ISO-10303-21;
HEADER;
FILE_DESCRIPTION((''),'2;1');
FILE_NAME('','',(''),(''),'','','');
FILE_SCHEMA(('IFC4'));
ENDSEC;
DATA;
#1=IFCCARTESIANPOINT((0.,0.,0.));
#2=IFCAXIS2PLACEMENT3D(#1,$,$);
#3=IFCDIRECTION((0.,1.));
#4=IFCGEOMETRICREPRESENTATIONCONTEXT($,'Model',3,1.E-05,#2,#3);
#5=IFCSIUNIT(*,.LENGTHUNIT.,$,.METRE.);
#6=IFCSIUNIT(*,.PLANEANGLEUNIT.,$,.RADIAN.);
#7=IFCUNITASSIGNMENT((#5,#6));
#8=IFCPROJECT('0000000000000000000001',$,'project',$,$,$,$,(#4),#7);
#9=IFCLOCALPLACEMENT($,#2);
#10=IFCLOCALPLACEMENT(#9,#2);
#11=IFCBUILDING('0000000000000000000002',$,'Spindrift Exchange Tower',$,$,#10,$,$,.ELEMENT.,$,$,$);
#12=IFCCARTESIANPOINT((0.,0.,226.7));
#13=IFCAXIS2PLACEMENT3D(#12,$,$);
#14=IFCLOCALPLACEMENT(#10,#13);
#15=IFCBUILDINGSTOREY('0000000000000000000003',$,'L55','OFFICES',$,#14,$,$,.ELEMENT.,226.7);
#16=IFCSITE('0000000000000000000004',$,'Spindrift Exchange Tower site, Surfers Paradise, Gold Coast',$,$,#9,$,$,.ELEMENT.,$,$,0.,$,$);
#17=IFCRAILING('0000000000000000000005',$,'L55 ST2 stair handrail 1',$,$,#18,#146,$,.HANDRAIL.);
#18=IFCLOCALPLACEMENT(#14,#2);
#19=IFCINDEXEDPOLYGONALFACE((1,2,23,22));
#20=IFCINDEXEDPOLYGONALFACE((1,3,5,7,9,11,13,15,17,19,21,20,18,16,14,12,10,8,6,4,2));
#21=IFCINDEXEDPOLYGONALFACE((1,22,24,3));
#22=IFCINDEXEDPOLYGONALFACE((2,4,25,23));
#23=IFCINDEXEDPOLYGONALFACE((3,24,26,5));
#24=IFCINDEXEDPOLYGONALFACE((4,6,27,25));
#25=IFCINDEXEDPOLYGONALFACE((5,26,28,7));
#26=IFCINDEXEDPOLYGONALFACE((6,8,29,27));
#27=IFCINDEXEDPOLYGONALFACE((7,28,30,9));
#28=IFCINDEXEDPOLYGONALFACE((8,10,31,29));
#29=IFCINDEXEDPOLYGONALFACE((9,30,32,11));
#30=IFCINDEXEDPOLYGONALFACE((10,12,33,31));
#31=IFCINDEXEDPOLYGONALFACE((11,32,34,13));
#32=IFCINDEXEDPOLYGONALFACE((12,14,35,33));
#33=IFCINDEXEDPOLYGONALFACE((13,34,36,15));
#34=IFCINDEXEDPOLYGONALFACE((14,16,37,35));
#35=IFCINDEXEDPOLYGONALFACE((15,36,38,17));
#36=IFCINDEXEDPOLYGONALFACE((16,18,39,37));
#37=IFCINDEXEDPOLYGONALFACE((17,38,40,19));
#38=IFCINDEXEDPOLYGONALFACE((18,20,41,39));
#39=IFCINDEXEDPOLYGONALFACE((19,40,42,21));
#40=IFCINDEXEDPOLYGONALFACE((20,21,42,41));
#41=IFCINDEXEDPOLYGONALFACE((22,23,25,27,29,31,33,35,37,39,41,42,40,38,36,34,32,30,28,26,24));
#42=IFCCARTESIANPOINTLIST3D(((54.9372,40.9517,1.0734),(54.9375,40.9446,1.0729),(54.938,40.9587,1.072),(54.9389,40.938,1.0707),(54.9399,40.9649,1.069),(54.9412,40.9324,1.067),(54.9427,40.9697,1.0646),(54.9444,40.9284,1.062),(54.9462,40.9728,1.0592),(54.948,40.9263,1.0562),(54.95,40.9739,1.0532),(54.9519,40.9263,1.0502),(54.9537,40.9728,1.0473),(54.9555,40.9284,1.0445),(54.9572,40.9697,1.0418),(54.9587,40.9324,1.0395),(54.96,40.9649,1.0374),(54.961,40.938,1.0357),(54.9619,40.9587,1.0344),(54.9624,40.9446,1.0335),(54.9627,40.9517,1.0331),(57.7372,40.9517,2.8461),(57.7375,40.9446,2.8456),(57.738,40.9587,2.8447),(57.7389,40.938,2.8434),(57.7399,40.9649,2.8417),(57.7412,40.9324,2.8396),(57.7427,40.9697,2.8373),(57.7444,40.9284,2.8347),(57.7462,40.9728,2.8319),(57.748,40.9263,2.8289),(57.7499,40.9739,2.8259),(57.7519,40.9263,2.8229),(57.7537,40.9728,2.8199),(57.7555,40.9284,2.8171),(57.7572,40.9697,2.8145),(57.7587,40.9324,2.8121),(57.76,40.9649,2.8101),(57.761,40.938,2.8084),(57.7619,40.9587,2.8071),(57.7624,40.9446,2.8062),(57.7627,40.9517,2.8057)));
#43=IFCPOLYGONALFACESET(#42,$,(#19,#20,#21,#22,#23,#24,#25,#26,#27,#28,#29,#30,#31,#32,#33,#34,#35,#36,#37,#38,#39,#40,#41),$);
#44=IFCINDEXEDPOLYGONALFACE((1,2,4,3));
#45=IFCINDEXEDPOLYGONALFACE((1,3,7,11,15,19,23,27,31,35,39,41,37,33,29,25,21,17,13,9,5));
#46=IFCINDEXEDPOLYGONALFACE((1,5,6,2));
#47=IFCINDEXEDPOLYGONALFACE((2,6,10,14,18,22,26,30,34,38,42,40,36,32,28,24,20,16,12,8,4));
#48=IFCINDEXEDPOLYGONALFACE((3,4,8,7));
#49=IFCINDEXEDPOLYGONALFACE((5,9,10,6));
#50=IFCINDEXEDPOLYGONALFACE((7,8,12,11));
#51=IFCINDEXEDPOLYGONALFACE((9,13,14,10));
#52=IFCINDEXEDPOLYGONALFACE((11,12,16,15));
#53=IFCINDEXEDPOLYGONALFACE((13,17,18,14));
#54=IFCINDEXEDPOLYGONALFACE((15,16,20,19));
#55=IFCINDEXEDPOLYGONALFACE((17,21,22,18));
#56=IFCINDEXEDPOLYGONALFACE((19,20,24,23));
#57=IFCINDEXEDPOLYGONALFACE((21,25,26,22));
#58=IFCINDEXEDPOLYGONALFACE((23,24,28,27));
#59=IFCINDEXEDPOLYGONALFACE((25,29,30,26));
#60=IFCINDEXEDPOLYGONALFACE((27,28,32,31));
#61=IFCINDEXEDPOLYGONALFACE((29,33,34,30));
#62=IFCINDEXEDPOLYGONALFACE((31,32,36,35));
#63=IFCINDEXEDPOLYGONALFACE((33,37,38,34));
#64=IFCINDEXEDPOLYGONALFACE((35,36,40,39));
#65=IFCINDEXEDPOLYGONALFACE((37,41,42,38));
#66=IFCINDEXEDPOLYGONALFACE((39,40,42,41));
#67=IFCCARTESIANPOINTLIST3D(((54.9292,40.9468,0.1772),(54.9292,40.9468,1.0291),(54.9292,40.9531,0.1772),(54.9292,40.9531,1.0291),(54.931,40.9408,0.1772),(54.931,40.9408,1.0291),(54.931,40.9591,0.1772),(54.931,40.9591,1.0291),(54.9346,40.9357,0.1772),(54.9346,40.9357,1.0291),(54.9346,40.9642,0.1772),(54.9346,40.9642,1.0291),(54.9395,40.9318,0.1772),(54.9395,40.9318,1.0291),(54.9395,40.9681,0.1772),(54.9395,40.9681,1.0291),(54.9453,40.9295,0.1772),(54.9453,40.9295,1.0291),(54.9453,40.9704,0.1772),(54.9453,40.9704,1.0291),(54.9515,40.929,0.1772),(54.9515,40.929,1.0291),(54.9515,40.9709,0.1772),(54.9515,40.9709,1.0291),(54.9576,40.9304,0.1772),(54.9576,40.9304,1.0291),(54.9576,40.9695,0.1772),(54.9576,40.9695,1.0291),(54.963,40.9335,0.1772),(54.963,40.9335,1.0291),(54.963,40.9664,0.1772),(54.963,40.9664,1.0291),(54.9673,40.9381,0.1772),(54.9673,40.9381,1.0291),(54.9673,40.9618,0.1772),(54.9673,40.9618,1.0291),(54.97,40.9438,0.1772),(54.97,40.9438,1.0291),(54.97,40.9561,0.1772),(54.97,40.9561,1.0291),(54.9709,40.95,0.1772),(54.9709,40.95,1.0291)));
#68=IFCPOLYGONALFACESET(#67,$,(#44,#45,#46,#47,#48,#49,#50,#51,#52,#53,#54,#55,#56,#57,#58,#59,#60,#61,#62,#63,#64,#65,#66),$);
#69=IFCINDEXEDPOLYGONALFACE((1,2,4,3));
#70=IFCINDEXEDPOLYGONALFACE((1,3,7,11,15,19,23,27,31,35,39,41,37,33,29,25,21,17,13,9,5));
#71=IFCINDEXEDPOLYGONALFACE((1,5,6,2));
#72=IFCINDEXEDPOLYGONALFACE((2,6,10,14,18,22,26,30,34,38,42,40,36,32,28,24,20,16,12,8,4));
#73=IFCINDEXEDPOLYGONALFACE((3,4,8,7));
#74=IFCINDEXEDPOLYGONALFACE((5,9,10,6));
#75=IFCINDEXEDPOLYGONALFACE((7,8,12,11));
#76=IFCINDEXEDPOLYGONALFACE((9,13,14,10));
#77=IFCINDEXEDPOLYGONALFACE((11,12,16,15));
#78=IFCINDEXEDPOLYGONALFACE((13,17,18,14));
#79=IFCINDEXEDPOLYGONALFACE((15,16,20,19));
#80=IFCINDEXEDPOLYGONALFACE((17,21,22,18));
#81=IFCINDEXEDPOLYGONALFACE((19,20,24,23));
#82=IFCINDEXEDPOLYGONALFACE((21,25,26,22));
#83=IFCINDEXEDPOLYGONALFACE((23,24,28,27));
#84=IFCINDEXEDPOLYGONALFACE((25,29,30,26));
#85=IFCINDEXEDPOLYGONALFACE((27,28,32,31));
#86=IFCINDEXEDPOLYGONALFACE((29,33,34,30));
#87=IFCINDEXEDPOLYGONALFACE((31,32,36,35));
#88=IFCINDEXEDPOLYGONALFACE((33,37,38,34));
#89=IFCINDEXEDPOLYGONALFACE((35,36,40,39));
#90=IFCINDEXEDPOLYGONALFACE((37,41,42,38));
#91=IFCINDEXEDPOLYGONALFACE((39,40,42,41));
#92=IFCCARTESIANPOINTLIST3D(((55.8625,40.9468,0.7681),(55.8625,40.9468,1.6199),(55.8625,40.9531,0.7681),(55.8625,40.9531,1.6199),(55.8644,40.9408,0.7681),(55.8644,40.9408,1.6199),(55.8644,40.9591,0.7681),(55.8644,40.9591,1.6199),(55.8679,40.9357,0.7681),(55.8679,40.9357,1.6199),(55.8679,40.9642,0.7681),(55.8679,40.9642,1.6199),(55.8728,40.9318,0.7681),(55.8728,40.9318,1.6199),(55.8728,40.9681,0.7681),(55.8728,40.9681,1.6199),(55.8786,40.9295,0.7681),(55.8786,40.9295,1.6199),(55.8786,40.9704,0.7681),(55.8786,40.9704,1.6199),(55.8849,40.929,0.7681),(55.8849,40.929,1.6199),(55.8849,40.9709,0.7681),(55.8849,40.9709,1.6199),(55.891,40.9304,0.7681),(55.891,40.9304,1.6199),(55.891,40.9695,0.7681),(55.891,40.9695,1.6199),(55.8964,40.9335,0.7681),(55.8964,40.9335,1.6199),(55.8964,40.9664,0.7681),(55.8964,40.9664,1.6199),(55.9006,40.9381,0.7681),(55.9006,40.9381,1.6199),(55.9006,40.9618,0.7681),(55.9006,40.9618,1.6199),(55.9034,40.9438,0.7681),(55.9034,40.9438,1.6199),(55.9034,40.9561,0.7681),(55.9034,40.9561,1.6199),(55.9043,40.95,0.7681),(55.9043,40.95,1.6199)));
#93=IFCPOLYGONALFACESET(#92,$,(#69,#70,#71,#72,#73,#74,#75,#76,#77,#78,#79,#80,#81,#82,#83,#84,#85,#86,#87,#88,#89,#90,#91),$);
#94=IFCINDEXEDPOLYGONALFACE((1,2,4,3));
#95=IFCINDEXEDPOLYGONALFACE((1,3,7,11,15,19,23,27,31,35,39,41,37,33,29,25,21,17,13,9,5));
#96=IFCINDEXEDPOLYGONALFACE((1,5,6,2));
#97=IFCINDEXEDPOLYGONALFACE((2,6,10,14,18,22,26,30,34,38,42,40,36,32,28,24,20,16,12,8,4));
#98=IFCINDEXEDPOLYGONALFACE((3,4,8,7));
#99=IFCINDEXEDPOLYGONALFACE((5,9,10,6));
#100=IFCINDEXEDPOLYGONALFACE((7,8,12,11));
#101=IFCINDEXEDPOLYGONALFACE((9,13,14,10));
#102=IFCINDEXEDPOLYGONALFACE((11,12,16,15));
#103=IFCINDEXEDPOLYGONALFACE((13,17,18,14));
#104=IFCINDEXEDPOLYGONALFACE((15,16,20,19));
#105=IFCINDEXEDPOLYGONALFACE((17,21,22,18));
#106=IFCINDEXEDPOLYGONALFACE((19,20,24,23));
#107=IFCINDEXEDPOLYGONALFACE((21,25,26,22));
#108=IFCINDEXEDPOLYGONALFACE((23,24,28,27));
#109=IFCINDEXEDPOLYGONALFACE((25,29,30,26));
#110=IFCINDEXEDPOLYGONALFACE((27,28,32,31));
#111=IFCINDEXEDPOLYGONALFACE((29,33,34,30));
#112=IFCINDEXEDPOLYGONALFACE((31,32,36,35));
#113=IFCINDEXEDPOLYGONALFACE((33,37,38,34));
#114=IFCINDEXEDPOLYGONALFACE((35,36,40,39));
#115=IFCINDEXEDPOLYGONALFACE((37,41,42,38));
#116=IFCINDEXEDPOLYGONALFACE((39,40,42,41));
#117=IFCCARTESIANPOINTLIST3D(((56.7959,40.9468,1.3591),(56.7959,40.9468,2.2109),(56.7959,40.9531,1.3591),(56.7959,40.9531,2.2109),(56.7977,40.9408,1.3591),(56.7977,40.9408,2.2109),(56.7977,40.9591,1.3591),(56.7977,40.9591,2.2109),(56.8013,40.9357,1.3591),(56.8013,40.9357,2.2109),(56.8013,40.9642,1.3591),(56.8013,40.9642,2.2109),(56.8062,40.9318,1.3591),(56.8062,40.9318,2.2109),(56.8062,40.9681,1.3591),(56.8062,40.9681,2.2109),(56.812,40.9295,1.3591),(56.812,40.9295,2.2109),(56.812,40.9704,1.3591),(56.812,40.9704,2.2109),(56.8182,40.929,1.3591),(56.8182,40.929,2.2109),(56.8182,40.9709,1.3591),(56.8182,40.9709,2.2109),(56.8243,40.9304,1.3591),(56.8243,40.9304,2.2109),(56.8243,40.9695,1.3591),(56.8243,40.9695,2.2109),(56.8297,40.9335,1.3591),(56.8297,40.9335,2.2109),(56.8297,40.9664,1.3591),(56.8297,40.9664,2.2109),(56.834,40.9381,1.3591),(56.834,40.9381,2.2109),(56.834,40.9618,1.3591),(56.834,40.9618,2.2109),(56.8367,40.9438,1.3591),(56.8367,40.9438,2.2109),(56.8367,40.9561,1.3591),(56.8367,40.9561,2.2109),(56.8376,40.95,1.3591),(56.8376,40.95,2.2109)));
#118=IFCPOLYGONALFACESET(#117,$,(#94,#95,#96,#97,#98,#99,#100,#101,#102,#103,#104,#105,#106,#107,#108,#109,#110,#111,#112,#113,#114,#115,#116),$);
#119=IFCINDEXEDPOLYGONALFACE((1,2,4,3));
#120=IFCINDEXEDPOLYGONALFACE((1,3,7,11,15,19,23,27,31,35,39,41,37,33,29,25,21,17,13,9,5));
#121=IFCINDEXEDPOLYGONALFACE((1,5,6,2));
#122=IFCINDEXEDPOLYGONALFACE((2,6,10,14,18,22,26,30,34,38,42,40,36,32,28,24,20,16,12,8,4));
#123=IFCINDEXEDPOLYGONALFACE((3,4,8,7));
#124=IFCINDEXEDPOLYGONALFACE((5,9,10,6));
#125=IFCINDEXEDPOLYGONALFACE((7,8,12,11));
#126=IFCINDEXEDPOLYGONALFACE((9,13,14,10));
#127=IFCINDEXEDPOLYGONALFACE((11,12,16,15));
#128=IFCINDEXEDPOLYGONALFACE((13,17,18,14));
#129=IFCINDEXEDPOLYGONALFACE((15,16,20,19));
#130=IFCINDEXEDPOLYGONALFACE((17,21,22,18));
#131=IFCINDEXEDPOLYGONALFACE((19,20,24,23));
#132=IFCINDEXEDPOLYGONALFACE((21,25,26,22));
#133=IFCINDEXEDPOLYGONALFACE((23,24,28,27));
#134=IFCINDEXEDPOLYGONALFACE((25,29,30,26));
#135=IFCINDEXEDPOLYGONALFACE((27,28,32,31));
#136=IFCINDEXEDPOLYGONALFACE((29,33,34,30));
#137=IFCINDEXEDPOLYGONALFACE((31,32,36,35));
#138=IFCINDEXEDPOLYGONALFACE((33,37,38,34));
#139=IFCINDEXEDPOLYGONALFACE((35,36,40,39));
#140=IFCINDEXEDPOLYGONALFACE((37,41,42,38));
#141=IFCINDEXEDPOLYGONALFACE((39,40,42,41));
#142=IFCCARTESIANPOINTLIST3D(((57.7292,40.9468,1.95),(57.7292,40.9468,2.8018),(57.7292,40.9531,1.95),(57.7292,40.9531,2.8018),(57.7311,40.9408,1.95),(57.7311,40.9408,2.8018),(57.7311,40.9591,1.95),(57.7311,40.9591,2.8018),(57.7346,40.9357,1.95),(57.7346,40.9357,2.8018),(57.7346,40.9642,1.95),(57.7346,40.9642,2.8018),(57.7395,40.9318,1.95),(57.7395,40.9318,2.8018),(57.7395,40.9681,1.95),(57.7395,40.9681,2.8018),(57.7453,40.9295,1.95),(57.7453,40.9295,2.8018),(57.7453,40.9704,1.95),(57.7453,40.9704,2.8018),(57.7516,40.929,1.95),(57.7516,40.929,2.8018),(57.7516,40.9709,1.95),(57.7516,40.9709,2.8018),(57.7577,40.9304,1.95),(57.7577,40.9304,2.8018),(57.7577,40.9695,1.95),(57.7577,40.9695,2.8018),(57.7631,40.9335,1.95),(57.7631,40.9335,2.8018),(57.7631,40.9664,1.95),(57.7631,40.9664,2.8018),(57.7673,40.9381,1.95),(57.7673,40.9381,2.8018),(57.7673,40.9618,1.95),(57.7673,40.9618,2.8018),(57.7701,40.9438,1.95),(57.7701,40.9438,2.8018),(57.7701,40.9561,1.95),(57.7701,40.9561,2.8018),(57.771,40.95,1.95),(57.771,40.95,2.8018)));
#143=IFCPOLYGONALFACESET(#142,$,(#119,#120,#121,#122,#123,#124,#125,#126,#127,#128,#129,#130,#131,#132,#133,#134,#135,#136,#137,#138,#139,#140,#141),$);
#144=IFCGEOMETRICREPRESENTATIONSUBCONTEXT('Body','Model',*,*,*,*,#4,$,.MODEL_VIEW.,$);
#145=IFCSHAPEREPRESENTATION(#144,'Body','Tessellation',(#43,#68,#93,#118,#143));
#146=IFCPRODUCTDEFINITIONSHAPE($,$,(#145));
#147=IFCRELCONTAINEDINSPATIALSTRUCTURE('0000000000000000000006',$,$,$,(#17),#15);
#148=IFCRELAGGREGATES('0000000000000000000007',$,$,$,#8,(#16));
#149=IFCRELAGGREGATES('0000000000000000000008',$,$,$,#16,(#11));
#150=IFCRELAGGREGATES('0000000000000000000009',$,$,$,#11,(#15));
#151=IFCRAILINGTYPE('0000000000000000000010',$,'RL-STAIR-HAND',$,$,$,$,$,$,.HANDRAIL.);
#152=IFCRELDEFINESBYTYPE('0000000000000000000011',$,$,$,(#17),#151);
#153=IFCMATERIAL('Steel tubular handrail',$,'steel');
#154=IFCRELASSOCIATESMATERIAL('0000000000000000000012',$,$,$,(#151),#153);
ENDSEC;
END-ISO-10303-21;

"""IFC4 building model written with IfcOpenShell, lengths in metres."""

from ifc_helpers import new_model, si_unit, direction, frame, origin, origin_2d, place, context, subcontext, project, spatial, circle, extrude, material, type_object, element, save


model = new_model("IFC4")

# Units and contexts
model_context = context("Model", 3, precision=1e-05, world=origin(), true_north=direction((0.0, 1.0)))
body_context = subcontext(model_context, "Body", "Model", "MODEL_VIEW")
ifc_project = project(units=[si_unit("LENGTHUNIT", "METRE"), si_unit("PLANEANGLEUNIT", "RADIAN")], contexts=[model_context])

# Site, building, storey
site_placement = place(None, origin())
site = spatial("IfcSite", under=ifc_project, at=site_placement, Name="Spindrift Exchange Tower site, Surfers Paradise, Gold Coast", CompositionType="ELEMENT", RefElevation=0.0)
building_placement = place(site_placement, origin())
building = spatial("IfcBuilding", under=site, at=building_placement, Name="Spindrift Exchange Tower", CompositionType="ELEMENT")
storey_placement = place(building_placement, frame((0.0, 0.0, 226.7)))
storey = spatial("IfcBuildingStorey", under=building, at=storey_placement, Name="L55", Description="OFFICES", CompositionType="ELEMENT", Elevation=226.7)

# Railing
ifc_material_1 = material(Name="Steel tubular handrail", Category="steel")
railing_type_1 = type_object("IfcRailingType", Name="RL-STAIR-HAND", PredefinedType="HANDRAIL", material=ifc_material_1)
railing_1_placement = place(storey_placement, frame((54.95, 40.95, 0.1772)))
element("IfcRailing", 1, at=railing_1_placement, inside=storey, type_object=railing_type_1, Name="L55 ST2 stair handrail 1", PredefinedType="HANDRAIL", context=body_context, shape_type="SweptSolid", body=[
    extrude(circle(Radius=0.0239, at=origin_2d()), frame((0.0, 0.0, 0.876), z_axis=(0.844909, 0.0, 0.53491), x_axis=(0.0, 1.0, 0.0)), (0.0, 0.0, 1.0), 3.314),
    extrude(circle(Radius=0.021, at=origin_2d()), origin(), (0.0, 0.0, 1.0), 0.8518),
    extrude(circle(Radius=0.021, at=origin_2d()), frame((0.9333, 0.0, 0.5908)), (0.0, 0.0, 1.0), 0.8518),
    extrude(circle(Radius=0.021, at=origin_2d()), frame((1.8667, 0.0, 1.1819)), (0.0, 0.0, 1.0), 0.8518),
    extrude(circle(Radius=0.021, at=origin_2d()), frame((2.8, 0.0, 1.7727)), (0.0, 0.0, 1.0), 0.8518),
])

save(model, "model.ifc")
